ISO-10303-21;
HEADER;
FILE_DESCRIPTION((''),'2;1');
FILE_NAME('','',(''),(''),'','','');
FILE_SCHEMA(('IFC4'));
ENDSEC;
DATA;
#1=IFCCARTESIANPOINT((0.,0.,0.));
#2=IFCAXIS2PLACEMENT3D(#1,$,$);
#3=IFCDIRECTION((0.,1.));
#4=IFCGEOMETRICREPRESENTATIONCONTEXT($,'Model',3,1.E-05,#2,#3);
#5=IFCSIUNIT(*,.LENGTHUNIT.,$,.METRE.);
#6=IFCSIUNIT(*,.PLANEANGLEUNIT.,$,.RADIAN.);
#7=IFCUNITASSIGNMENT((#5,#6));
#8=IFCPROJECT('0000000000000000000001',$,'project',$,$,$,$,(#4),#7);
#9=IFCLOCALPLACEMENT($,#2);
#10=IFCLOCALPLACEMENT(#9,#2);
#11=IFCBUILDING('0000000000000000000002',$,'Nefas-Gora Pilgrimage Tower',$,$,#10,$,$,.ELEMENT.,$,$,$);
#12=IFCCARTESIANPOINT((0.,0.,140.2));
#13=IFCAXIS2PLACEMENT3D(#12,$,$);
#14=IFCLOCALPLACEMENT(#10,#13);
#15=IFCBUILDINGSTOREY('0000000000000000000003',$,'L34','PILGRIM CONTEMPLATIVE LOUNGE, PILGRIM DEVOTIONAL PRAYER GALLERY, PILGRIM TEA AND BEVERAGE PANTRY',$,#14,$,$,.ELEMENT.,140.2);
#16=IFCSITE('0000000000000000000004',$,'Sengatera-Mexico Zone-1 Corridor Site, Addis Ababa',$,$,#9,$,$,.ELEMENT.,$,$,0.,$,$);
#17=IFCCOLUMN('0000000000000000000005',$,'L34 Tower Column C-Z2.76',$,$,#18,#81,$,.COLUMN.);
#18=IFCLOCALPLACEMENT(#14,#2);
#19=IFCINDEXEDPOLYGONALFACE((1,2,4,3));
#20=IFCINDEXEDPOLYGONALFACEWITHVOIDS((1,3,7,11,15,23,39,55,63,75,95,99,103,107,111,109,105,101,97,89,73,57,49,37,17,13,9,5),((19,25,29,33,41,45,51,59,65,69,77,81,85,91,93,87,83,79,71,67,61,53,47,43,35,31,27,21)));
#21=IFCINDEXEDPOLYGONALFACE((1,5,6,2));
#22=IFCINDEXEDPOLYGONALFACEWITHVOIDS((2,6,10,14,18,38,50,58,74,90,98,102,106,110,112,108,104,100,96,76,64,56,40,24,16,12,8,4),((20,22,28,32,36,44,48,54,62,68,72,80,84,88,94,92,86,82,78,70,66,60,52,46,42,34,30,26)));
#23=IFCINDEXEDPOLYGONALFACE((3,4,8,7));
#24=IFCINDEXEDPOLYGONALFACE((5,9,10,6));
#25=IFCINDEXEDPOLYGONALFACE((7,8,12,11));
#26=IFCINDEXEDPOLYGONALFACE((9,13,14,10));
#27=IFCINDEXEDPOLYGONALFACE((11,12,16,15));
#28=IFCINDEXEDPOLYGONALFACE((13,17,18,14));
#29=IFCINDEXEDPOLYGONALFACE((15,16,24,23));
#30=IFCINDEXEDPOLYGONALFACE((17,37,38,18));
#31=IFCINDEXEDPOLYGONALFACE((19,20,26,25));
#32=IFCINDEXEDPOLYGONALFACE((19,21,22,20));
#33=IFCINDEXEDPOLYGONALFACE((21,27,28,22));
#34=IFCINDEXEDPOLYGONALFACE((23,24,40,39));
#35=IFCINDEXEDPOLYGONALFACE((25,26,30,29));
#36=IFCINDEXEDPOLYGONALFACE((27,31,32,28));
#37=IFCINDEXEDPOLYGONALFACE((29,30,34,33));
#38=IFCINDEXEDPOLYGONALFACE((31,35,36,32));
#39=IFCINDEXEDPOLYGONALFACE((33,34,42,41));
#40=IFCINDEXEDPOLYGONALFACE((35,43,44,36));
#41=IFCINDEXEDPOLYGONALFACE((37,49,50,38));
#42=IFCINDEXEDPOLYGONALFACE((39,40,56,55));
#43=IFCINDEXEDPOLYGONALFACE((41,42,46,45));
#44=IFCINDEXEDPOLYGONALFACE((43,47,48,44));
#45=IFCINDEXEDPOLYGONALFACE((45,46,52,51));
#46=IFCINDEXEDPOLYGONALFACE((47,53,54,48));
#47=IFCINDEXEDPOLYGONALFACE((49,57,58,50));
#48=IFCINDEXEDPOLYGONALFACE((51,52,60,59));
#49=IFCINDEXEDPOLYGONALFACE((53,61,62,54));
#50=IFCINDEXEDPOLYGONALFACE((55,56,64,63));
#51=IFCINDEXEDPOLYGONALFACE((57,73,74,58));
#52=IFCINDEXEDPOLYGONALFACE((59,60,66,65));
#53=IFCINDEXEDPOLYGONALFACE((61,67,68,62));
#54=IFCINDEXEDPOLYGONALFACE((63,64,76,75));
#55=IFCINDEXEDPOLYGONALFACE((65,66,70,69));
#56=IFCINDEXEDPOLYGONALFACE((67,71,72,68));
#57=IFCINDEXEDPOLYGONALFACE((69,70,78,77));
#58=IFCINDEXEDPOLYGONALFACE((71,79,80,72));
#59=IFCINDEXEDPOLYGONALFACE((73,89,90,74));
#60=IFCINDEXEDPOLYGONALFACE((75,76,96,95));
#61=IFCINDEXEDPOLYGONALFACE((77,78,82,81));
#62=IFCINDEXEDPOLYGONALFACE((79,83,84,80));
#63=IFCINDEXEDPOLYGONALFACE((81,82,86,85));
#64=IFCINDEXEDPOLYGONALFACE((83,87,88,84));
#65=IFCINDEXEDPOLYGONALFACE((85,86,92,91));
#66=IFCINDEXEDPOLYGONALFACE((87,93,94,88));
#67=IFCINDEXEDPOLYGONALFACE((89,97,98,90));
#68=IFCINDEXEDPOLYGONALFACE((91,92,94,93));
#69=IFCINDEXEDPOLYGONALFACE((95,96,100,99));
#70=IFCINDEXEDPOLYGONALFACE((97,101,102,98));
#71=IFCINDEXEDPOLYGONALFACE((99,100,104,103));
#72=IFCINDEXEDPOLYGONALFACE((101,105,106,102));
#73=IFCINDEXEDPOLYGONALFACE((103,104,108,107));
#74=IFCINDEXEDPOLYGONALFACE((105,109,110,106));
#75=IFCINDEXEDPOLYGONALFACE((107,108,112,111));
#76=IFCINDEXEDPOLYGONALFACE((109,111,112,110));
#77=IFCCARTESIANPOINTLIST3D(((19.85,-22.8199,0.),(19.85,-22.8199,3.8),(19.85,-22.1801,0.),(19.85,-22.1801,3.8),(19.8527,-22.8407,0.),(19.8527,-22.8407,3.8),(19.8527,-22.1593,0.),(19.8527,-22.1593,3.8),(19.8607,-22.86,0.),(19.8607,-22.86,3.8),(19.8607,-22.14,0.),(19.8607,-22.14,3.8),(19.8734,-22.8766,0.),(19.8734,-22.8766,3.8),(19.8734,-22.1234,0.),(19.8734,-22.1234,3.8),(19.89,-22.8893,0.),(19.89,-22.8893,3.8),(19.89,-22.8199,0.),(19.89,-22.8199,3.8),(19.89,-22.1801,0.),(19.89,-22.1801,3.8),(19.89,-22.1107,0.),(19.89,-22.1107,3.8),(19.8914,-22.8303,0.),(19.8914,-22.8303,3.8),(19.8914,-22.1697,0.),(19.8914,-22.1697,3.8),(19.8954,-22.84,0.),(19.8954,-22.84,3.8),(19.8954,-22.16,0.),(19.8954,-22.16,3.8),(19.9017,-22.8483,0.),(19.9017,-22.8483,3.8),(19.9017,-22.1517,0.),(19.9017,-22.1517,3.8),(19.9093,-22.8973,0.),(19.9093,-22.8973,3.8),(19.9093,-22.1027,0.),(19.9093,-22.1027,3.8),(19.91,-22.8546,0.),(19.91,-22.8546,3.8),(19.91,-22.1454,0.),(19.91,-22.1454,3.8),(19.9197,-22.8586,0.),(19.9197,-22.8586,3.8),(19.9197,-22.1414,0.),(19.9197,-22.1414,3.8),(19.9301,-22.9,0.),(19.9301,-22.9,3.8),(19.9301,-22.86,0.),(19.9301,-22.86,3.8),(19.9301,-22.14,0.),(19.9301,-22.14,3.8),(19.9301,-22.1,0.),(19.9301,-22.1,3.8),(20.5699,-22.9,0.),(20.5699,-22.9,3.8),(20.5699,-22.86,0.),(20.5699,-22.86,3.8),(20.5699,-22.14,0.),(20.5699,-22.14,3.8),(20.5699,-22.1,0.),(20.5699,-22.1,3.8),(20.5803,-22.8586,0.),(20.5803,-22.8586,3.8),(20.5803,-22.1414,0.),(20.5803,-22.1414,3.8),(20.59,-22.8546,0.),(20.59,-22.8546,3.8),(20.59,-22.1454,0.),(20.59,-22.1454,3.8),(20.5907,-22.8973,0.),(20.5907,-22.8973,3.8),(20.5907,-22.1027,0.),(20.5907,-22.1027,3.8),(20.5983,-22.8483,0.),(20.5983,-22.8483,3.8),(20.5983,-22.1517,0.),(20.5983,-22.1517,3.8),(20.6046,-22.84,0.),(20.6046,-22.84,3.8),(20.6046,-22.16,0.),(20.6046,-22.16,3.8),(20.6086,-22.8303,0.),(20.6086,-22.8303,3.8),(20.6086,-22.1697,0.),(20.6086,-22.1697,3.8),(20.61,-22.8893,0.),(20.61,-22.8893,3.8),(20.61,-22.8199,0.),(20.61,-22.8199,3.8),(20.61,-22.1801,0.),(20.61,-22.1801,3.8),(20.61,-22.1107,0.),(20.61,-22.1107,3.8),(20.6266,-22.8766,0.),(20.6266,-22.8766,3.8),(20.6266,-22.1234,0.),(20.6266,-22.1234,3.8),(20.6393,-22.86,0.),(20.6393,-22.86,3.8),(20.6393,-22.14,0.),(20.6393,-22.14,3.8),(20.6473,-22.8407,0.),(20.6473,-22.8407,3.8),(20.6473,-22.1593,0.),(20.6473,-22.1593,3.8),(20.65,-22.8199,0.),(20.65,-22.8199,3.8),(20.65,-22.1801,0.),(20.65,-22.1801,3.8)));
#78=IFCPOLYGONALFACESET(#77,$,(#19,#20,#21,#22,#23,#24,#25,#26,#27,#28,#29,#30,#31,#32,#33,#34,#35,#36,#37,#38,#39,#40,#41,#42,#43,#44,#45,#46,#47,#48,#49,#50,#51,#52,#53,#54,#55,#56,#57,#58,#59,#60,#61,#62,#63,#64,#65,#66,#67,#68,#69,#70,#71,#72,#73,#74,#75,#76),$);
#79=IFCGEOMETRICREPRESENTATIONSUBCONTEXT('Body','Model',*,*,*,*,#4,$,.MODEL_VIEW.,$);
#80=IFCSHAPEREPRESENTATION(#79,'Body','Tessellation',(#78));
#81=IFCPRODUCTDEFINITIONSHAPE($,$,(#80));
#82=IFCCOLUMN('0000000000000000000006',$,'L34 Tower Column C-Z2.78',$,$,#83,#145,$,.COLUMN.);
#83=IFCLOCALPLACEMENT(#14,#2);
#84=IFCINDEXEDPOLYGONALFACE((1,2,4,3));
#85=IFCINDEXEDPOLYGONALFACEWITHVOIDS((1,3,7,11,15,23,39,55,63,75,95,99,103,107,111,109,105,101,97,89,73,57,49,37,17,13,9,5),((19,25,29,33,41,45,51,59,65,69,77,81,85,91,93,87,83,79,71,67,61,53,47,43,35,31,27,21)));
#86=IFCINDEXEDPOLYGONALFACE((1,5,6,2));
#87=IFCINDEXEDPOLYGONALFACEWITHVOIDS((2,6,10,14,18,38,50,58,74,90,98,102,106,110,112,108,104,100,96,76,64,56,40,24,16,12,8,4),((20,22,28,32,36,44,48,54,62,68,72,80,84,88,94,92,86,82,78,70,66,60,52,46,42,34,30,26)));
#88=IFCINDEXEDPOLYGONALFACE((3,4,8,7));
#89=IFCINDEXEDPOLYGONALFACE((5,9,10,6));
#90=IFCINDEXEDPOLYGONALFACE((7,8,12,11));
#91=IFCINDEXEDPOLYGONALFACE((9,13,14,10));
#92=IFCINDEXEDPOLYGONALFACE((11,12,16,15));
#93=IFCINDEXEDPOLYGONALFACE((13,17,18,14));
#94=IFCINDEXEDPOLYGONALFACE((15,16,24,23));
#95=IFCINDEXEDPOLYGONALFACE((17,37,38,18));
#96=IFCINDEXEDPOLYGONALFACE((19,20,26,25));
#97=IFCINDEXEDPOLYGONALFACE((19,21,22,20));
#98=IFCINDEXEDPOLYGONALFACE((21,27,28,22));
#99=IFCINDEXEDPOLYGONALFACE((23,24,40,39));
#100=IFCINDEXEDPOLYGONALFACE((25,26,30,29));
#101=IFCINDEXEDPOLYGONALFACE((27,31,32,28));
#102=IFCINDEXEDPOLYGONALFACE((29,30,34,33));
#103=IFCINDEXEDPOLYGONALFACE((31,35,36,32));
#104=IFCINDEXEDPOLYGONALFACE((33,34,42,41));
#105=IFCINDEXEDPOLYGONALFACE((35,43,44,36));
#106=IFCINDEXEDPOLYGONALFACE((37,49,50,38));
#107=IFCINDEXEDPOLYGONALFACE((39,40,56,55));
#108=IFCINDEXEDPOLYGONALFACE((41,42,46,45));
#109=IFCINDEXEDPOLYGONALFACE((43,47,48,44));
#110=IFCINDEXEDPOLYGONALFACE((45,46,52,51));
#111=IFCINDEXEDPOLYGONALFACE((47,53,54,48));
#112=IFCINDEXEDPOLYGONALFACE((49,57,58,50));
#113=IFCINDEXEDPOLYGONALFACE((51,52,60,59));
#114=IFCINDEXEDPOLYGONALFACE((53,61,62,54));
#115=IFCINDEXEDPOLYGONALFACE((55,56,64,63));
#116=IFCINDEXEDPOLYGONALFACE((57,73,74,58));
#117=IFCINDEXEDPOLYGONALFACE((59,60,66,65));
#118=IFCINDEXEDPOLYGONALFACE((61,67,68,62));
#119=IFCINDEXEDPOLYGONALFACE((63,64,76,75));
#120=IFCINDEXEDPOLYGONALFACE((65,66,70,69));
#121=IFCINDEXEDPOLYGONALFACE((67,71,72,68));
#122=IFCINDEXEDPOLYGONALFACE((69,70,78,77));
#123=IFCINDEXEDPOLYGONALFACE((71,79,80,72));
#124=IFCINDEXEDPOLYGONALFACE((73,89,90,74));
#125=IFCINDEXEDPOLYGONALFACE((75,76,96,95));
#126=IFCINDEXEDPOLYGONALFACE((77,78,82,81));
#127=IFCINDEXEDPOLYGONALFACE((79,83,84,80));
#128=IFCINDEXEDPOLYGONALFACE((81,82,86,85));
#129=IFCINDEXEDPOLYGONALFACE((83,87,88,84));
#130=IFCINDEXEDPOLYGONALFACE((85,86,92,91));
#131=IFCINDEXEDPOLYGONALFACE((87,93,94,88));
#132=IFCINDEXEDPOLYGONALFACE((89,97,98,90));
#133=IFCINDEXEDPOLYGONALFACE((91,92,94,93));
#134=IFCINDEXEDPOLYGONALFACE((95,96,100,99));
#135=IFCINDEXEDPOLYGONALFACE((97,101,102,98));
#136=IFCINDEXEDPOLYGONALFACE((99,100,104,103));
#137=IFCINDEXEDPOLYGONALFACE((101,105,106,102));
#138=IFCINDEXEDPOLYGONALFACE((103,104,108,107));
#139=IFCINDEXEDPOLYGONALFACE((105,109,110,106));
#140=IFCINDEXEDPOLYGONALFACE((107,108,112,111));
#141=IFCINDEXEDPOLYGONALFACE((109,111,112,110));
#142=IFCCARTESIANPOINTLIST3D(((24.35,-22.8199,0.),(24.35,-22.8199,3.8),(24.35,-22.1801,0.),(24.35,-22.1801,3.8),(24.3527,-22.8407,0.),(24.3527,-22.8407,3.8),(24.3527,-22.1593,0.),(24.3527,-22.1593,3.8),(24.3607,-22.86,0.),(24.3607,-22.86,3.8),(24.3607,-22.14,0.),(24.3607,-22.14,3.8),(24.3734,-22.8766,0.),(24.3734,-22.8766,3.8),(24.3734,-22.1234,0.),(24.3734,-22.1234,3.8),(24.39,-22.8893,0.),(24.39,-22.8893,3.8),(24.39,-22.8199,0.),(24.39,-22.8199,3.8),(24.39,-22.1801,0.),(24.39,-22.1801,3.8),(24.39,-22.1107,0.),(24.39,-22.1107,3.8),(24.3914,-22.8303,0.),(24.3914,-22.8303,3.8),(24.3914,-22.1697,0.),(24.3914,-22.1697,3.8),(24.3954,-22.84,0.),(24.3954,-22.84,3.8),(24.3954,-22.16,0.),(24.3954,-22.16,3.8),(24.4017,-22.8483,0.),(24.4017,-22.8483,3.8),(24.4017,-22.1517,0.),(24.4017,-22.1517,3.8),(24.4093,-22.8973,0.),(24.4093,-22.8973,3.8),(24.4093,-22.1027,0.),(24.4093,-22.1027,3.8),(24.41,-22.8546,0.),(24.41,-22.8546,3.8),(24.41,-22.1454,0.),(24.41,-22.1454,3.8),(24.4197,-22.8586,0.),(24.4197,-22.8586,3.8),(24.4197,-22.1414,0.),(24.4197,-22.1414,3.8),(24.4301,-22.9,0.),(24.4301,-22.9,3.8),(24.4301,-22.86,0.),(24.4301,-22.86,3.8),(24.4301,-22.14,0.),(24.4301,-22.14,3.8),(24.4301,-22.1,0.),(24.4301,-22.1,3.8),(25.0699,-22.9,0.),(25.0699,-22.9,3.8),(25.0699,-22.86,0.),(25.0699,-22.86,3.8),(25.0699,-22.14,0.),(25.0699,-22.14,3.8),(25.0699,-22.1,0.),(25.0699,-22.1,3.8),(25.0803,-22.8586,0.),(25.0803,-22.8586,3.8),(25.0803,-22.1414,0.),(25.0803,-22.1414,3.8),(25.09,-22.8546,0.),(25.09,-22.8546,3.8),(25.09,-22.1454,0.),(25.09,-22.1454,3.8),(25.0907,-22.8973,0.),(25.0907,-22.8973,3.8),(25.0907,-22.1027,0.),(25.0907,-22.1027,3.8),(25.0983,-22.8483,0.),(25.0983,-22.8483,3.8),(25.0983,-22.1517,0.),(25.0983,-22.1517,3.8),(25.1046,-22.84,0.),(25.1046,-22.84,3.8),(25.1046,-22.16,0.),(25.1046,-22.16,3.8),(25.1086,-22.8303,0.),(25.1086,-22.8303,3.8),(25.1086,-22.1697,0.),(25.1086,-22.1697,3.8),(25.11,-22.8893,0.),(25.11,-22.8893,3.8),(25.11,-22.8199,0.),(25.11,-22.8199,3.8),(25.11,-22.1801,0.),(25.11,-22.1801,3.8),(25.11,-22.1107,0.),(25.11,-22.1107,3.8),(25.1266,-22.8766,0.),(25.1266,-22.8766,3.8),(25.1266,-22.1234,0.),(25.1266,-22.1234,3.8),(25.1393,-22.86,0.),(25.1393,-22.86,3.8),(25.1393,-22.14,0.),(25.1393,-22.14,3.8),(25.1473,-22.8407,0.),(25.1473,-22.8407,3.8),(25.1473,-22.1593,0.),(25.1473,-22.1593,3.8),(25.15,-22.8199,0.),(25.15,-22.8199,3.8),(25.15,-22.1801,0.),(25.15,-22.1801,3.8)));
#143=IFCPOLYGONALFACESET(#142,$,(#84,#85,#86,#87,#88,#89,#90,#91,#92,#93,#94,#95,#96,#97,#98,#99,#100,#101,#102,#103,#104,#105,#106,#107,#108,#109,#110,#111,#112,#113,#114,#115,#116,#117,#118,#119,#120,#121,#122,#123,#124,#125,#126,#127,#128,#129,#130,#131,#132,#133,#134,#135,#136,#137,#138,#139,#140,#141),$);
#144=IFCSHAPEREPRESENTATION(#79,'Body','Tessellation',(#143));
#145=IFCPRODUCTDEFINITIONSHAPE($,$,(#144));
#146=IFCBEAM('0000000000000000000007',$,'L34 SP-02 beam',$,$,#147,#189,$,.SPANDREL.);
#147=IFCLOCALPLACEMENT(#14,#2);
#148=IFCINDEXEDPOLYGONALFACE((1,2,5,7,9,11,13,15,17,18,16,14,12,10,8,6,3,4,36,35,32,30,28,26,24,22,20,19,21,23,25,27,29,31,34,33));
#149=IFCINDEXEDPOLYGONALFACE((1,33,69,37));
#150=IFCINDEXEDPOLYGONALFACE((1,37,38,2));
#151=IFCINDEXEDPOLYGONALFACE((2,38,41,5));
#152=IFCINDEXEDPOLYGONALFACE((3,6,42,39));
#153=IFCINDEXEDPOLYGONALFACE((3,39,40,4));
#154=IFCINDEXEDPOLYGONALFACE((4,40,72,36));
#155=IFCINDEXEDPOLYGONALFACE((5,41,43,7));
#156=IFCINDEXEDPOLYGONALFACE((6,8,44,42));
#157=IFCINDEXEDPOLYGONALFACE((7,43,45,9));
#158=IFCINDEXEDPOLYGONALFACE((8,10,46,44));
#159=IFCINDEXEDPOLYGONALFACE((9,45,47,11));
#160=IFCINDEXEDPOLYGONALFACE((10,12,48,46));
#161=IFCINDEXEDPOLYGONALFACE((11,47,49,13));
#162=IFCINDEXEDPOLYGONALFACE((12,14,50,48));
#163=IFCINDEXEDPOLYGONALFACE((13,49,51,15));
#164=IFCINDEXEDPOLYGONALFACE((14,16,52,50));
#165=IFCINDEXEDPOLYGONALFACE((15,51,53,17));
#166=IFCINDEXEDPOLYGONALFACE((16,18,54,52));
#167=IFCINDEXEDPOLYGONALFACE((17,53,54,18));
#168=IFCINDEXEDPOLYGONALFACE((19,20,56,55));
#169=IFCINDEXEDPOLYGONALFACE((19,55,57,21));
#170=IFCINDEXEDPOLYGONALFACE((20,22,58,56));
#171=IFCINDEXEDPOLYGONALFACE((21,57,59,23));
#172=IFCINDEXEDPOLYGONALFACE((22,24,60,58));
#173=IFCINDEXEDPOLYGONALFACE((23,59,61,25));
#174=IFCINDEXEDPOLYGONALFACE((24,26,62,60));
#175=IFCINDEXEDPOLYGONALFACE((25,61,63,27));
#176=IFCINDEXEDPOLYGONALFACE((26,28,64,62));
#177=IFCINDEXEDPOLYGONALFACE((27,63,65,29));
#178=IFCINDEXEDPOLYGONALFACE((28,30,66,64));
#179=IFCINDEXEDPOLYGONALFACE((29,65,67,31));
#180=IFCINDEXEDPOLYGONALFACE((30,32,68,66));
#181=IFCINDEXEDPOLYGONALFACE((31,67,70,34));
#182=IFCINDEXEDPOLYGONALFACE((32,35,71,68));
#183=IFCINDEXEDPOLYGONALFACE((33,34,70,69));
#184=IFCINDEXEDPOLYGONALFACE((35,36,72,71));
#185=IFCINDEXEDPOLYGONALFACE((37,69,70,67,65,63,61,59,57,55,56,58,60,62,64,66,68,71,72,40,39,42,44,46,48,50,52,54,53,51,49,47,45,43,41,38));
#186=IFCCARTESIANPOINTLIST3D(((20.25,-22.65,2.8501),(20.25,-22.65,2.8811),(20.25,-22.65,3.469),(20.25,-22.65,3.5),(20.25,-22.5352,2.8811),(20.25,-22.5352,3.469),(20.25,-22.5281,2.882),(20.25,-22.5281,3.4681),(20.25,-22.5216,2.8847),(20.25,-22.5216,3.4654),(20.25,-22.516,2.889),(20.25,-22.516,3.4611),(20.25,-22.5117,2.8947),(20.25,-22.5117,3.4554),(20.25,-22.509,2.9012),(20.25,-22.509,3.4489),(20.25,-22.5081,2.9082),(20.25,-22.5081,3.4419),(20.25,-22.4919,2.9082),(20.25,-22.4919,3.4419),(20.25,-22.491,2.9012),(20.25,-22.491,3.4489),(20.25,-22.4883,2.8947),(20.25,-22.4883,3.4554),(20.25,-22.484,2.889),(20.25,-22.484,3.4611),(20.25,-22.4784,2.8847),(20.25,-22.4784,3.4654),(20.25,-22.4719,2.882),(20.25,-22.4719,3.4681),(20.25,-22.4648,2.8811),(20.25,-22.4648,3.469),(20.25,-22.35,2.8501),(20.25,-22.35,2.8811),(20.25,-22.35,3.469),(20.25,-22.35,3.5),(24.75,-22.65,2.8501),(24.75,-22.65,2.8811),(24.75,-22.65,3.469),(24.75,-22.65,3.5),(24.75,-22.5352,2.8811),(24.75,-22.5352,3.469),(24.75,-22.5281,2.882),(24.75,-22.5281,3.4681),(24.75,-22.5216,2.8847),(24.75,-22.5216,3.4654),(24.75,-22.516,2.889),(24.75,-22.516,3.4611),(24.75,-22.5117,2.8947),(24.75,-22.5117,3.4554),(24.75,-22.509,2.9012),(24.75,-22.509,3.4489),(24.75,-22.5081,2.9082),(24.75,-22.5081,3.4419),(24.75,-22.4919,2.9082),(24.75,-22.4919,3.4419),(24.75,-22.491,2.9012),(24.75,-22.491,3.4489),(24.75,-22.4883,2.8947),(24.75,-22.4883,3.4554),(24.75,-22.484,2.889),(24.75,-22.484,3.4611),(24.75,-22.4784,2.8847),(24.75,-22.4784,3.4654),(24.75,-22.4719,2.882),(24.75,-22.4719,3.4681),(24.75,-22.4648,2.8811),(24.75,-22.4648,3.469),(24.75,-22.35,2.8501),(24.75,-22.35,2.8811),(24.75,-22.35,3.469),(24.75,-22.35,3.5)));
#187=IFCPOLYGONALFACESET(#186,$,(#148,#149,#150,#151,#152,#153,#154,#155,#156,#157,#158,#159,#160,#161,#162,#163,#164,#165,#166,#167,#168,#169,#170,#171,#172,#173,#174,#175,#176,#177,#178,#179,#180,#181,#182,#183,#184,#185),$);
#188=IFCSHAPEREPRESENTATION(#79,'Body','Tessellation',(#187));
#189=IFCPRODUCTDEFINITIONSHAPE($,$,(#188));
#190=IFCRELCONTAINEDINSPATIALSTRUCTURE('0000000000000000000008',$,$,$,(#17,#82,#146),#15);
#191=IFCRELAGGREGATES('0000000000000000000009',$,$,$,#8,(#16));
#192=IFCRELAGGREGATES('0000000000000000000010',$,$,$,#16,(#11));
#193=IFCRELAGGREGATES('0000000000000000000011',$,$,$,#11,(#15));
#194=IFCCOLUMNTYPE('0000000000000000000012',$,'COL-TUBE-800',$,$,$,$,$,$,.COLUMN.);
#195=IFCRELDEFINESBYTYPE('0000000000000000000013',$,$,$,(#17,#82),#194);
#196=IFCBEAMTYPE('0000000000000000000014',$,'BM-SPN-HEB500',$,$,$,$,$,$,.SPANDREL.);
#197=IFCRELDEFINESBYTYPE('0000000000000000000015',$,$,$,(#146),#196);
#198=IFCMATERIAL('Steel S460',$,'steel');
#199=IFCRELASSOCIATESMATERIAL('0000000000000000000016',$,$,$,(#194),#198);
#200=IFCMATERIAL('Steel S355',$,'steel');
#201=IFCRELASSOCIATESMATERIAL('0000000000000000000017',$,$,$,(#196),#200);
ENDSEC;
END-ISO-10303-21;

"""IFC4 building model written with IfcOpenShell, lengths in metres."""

from ifc_helpers import new_model, si_unit, direction, frame, origin, origin_2d, place, context, subcontext, project, spatial, hollow_rectangle, i_section, extrude, source, transform, mapped, material, material_profile, profile_set, type_object, element, save


model = new_model("IFC4")

# Units and contexts
model_context = context("Model", 3, precision=1e-05, world=origin(), true_north=direction((0.0, 1.0)))
body_context = subcontext(model_context, "Body", "Model", "MODEL_VIEW")
ifc_project = project(units=[si_unit("LENGTHUNIT", "METRE"), si_unit("PLANEANGLEUNIT", "RADIAN")], contexts=[model_context])

# Site, building, storey
site_placement = place(None, origin())
site = spatial("IfcSite", under=ifc_project, at=site_placement, Name="Sengatera-Mexico Zone-1 Corridor Site, Addis Ababa", CompositionType="ELEMENT", RefElevation=0.0)
building_placement = place(site_placement, origin())
building = spatial("IfcBuilding", under=site, at=building_placement, Name="Nefas-Gora Pilgrimage Tower", CompositionType="ELEMENT")
storey_placement = place(building_placement, frame((0.0, 0.0, 140.2)))
storey = spatial("IfcBuildingStorey", under=building, at=storey_placement, Name="L34", Description="PILGRIM CONTEMPLATIVE LOUNGE, PILGRIM DEVOTIONAL PRAYER GALLERY, PILGRIM TEA AND BEVERAGE PANTRY", CompositionType="ELEMENT", Elevation=140.2)

# Columns
ifc_material_1 = material(Name="Steel S460", Category="steel")
ifc_material_profile_1 = material_profile(ifc_material_1, hollow_rectangle(XDim=0.8, YDim=0.8, WallThickness=0.04, InnerFilletRadius=0.04, OuterFilletRadius=0.0801, at=origin_2d()), Name="BOX 800x800x40")
ifc_profile_set_1 = profile_set([ifc_material_profile_1], Name="Steel S460")
column_type_1 = type_object("IfcColumnType", Name="COL-TUBE-800", PredefinedType="COLUMN", material=ifc_profile_set_1)
shared_shape_1 = source(origin(), body_context, "Body", "SweptSolid", [
    extrude(hollow_rectangle(XDim=0.8, YDim=0.8, WallThickness=0.04, InnerFilletRadius=0.04, OuterFilletRadius=0.0801, at=origin_2d()), origin(), (0.0, 0.0, 1.0), 3.8),
])
for number, where, z_axis, x_axis, name in (
    (1, (20.25, -22.5, 0.0), (0.0, 0.0, 1.0), (1.0, 0.0, 0.0), "L34 Tower Column C-Z2.76"),
    (2, (24.75, -22.5, 0.0), (0.0, 0.0, 1.0), (1.0, 0.0, 0.0), "L34 Tower Column C-Z2.78"),
):
    element("IfcColumn", number, at=place(storey_placement, frame(where, z_axis=z_axis, x_axis=x_axis)), inside=storey, type_object=column_type_1, Name=name, PredefinedType="COLUMN", context=body_context, shape_type="MappedRepresentation", body=[
        mapped(shared_shape_1, transform((0.0, 0.0, 0.0), x_axis=(1.0, 0.0, 0.0), y_axis=(0.0, 1.0, 0.0), z_axis=(0.0, 0.0, 1.0), scale=1.0)),
    ])

# Beam
ifc_material_2 = material(Name="Steel S355", Category="steel")
ifc_material_profile_2 = material_profile(ifc_material_2, i_section(OverallWidth=0.3, OverallDepth=0.6499, WebThickness=0.0161, FlangeThickness=0.031, FilletRadius=0.0271, at=origin_2d()), Name="HEB 650")
ifc_profile_set_2 = profile_set([ifc_material_profile_2], Name="Steel S355")
beam_type_1 = type_object("IfcBeamType", Name="BM-SPN-HEB500", PredefinedType="SPANDREL", material=ifc_profile_set_2)
shared_shape_2 = source(origin(), body_context, "Body", "SweptSolid", [
    extrude(i_section(OverallWidth=0.3, OverallDepth=0.6499, WebThickness=0.0161, FlangeThickness=0.031, FilletRadius=0.0271, at=origin_2d()), origin(), (0.0, 0.0, 1.0), 4.5),
])
beam_1_placement = place(storey_placement, frame((20.25, -22.5, 3.175), z_axis=(1.0, 0.0, 0.0), x_axis=(0.0, 1.0, 0.0)))
element("IfcBeam", 3, at=beam_1_placement, inside=storey, type_object=beam_type_1, Name="L34 SP-02 beam", PredefinedType="SPANDREL", context=body_context, shape_type="MappedRepresentation", body=[
    mapped(shared_shape_2, transform((0.0, 0.0, 0.0), x_axis=(1.0, 0.0, 0.0), y_axis=(0.0, 1.0, 0.0), z_axis=(0.0, 0.0, 1.0), scale=1.0)),
])

save(model, "model.ifc")
